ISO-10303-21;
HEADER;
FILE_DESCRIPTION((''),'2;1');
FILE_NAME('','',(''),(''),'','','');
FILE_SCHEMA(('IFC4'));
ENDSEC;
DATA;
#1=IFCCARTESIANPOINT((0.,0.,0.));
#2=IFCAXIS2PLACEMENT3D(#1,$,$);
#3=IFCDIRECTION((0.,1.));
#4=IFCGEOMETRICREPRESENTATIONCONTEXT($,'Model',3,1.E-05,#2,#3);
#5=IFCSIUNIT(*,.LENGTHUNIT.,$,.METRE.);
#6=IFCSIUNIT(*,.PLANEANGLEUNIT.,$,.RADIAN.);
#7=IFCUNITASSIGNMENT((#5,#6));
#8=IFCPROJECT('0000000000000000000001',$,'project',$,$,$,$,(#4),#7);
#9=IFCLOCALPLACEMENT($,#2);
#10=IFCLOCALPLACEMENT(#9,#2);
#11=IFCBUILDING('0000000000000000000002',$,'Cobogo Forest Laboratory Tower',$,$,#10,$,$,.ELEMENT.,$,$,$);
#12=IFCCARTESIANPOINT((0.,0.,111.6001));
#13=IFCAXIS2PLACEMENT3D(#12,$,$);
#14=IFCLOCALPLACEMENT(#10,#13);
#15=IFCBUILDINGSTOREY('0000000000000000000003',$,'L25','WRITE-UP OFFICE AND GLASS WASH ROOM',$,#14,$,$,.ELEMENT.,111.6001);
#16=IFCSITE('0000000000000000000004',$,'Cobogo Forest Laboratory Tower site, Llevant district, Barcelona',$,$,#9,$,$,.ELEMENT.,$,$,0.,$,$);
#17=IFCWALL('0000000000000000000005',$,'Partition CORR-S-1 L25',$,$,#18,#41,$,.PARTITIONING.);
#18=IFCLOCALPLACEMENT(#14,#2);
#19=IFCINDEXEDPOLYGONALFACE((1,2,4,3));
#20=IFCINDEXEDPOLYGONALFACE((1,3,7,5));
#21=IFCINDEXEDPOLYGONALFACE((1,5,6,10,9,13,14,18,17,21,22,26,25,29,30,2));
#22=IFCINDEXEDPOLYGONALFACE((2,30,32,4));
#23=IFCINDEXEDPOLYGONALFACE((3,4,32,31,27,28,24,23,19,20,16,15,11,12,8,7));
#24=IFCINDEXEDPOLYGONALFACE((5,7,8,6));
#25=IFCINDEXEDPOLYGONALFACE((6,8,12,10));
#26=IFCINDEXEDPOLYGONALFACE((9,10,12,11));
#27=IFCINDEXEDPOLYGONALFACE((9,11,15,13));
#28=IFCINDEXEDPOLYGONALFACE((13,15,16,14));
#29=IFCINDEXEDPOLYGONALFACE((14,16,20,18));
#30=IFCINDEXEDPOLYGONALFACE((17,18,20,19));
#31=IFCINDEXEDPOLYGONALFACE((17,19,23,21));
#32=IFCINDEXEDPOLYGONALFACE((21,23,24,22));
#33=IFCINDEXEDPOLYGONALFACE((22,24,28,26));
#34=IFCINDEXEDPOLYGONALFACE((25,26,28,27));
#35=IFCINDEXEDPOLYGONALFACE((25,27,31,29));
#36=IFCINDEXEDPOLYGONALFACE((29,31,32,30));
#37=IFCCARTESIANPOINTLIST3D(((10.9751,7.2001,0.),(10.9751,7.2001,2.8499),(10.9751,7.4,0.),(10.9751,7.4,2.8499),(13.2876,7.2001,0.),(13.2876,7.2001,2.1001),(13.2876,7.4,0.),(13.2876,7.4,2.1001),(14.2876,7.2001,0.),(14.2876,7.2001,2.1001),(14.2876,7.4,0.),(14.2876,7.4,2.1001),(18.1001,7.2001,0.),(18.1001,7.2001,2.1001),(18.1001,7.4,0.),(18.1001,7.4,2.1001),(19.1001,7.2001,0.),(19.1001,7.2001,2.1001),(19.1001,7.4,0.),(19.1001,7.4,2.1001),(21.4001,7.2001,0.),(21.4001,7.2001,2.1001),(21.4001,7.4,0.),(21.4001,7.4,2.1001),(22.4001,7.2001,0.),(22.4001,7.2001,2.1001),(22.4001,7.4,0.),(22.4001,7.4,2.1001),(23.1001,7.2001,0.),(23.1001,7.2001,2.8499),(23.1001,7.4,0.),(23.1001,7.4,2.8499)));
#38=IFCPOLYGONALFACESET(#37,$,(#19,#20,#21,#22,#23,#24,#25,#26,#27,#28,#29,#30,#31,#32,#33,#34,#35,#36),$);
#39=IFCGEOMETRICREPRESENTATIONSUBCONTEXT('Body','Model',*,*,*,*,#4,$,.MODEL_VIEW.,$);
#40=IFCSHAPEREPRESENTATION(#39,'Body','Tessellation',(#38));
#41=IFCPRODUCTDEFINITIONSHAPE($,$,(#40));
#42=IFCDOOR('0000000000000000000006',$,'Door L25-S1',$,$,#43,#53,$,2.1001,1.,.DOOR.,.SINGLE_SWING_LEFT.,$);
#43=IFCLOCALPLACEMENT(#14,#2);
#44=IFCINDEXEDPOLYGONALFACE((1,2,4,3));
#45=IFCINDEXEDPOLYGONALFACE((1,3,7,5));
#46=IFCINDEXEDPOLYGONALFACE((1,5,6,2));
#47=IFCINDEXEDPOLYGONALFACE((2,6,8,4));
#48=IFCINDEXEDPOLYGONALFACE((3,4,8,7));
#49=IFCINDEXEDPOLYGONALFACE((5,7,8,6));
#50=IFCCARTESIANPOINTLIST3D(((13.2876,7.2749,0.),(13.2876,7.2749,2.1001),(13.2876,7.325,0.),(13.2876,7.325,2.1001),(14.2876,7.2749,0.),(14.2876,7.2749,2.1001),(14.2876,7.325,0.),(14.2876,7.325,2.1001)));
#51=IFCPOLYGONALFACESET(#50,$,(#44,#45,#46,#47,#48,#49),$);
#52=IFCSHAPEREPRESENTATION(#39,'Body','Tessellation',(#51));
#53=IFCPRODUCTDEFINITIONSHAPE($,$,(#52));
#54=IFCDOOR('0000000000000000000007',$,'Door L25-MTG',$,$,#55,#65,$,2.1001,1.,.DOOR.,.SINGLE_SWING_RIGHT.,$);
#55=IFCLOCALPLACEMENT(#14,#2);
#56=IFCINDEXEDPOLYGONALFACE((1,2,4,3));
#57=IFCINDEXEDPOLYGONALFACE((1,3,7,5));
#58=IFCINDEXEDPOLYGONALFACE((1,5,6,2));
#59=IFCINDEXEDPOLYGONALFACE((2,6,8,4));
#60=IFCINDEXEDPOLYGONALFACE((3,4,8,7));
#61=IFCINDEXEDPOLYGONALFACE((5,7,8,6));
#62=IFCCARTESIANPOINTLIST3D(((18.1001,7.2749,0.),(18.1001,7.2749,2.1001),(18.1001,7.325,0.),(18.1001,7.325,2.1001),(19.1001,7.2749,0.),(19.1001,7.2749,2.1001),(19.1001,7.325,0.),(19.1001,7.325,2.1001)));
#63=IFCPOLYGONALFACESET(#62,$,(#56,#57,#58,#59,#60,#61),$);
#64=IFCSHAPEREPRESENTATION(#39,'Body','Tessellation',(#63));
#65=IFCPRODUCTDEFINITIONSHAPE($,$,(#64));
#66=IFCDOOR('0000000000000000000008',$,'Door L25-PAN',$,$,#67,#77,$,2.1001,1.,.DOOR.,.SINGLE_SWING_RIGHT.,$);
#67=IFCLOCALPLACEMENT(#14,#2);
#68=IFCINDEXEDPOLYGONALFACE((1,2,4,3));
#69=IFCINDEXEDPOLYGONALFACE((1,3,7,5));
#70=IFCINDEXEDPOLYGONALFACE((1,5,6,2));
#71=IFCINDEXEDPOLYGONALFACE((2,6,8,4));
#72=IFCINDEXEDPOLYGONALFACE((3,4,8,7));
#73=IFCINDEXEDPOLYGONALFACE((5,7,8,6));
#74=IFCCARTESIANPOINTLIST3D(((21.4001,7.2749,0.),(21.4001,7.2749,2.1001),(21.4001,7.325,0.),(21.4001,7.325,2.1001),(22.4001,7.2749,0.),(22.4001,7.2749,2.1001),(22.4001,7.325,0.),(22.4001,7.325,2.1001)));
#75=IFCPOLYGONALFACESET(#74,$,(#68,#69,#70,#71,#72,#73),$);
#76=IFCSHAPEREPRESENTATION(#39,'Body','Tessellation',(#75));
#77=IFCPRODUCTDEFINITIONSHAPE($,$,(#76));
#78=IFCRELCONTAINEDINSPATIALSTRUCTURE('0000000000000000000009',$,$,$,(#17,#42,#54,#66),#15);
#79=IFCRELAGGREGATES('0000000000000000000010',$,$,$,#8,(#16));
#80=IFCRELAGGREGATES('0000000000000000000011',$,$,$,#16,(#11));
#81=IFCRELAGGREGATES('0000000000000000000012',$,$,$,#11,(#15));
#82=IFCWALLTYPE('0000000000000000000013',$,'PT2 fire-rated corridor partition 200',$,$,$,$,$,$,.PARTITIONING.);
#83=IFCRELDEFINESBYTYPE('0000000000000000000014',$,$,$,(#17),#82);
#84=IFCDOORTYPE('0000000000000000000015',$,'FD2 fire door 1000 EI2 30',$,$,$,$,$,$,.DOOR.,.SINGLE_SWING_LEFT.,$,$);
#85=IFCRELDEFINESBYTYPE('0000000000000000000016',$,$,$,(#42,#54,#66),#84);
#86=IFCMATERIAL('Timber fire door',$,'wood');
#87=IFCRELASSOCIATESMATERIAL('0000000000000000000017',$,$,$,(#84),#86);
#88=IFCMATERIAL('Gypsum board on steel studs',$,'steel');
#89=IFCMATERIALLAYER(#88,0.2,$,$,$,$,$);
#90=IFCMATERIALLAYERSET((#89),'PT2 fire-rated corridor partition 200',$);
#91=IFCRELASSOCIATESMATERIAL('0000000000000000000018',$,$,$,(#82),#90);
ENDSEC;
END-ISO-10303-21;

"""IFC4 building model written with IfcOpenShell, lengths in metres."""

from ifc_helpers import new_model, si_unit, direction, frame, frame_2d, origin, place, context, subcontext, project, spatial, rectangle, extrude, material, layer, layer_set, type_object, element, fill, save


model = new_model("IFC4")

# Units and contexts
model_context = context("Model", 3, precision=1e-05, world=origin(), true_north=direction((0.0, 1.0)))
body_context = subcontext(model_context, "Body", "Model", "MODEL_VIEW")
ifc_project = project(units=[si_unit("LENGTHUNIT", "METRE"), si_unit("PLANEANGLEUNIT", "RADIAN")], contexts=[model_context])

# Site, building, storey
site_placement = place(None, origin())
site = spatial("IfcSite", under=ifc_project, at=site_placement, Name="Cobogo Forest Laboratory Tower site, Llevant district, Barcelona", CompositionType="ELEMENT", RefElevation=0.0)
building_placement = place(site_placement, origin())
building = spatial("IfcBuilding", under=site, at=building_placement, Name="Cobogo Forest Laboratory Tower", CompositionType="ELEMENT")
storey_placement = place(building_placement, frame((0.0, 0.0, 111.6001)))
storey = spatial("IfcBuildingStorey", under=building, at=storey_placement, Name="L25", Description="WRITE-UP OFFICE AND GLASS WASH ROOM", CompositionType="ELEMENT", Elevation=111.6001)

# Shared definitions
ifc_material_1 = material(Name="Gypsum board on steel studs", Category="steel")
ifc_material_2 = material(Name="Timber fire door", Category="wood")
door_type_1 = type_object("IfcDoorType", Name="FD2 fire door 1000 EI2 30", OperationType="SINGLE_SWING_LEFT", PredefinedType="DOOR", material=ifc_material_2)

# Wall, openings, doors
ifc_layer_1 = layer(ifc_material_1, 0.2)
ifc_layer_set_1 = layer_set([ifc_layer_1], Name="PT2 fire-rated corridor partition 200")
wall_type_1 = type_object("IfcWallType", Name="PT2 fire-rated corridor partition 200", PredefinedType="PARTITIONING", material=ifc_layer_set_1)
wall_1_placement = place(storey_placement, frame((10.9751, 7.3, 0.0), z_axis=(0.0, 0.0, 1.0), x_axis=(1.0, 0.0, 0.0)))
wall_1 = element("IfcWall", 1, at=wall_1_placement, inside=storey, type_object=wall_type_1, Name="Partition CORR-S-1 L25", PredefinedType="PARTITIONING", context=body_context, shape_type="SweptSolid", body=[
    extrude(rectangle(XDim=12.125, YDim=0.2, at=frame_2d((6.0625, 0.0))), origin(), (0.0, 0.0, 1.0), 2.8499),
])
opening_1_placement = place(wall_1_placement, frame((2.3125, 0.0, 0.0)))
opening_1 = element("IfcOpeningElement", 2, at=opening_1_placement, cuts=wall_1, PredefinedType="OPENING", context=body_context, shape_type="SweptSolid", body=[
    extrude(rectangle(XDim=1.0, YDim=2.1001, at=frame_2d((0.5, 1.05))), frame((0.0, 0.1099, 0.0), z_axis=(0.0, -1.0, 0.0), x_axis=(1.0, 0.0, 0.0)), (0.0, 0.0, 1.0), 0.22),
])
opening_2_placement = place(wall_1_placement, frame((7.125, 0.0, 0.0)))
opening_2 = element("IfcOpeningElement", 3, at=opening_2_placement, cuts=wall_1, PredefinedType="OPENING", context=body_context, shape_type="SweptSolid", body=[
    extrude(rectangle(XDim=1.0, YDim=2.1001, at=frame_2d((0.5, 1.05))), frame((0.0, 0.1099, 0.0), z_axis=(0.0, -1.0, 0.0), x_axis=(1.0, 0.0, 0.0)), (0.0, 0.0, 1.0), 0.22),
])
opening_3_placement = place(wall_1_placement, frame((10.425, 0.0, 0.0)))
opening_3 = element("IfcOpeningElement", 4, at=opening_3_placement, cuts=wall_1, PredefinedType="OPENING", context=body_context, shape_type="SweptSolid", body=[
    extrude(rectangle(XDim=1.0, YDim=2.1001, at=frame_2d((0.5, 1.05))), frame((0.0, 0.1099, 0.0), z_axis=(0.0, -1.0, 0.0), x_axis=(1.0, 0.0, 0.0)), (0.0, 0.0, 1.0), 0.22),
])
door_1_placement = place(opening_1_placement, origin())
door_1 = element("IfcDoor", 5, at=door_1_placement, inside=storey, type_object=door_type_1, Name="Door L25-S1", OperationType="SINGLE_SWING_LEFT", OverallHeight=2.1001, OverallWidth=1.0, PredefinedType="DOOR", context=body_context, shape_type="SweptSolid", body=[
    extrude(rectangle(XDim=1.0, YDim=2.1001, at=frame_2d((0.5, 1.05))), frame((0.0, 0.0249, 0.0), z_axis=(0.0, -1.0, 0.0), x_axis=(1.0, 0.0, 0.0)), (0.0, 0.0, 1.0), 0.05),
])
fill(opening_1, door_1)
door_2_placement = place(opening_2_placement, origin())
door_2 = element("IfcDoor", 6, at=door_2_placement, inside=storey, type_object=door_type_1, Name="Door L25-MTG", OperationType="SINGLE_SWING_RIGHT", OverallHeight=2.1001, OverallWidth=1.0, PredefinedType="DOOR", context=body_context, shape_type="SweptSolid", body=[
    extrude(rectangle(XDim=1.0, YDim=2.1001, at=frame_2d((0.5, 1.05))), frame((0.0, 0.0249, 0.0), z_axis=(0.0, -1.0, 0.0), x_axis=(1.0, 0.0, 0.0)), (0.0, 0.0, 1.0), 0.05),
])
fill(opening_2, door_2)
door_3_placement = place(opening_3_placement, origin())
door_3 = element("IfcDoor", 7, at=door_3_placement, inside=storey, type_object=door_type_1, Name="Door L25-PAN", OperationType="SINGLE_SWING_RIGHT", OverallHeight=2.1001, OverallWidth=1.0, PredefinedType="DOOR", context=body_context, shape_type="SweptSolid", body=[
    extrude(rectangle(XDim=1.0, YDim=2.1001, at=frame_2d((0.5, 1.05))), frame((0.0, 0.0249, 0.0), z_axis=(0.0, -1.0, 0.0), x_axis=(1.0, 0.0, 0.0)), (0.0, 0.0, 1.0), 0.05),
])
fill(opening_3, door_3)

save(model, "model.ifc")
